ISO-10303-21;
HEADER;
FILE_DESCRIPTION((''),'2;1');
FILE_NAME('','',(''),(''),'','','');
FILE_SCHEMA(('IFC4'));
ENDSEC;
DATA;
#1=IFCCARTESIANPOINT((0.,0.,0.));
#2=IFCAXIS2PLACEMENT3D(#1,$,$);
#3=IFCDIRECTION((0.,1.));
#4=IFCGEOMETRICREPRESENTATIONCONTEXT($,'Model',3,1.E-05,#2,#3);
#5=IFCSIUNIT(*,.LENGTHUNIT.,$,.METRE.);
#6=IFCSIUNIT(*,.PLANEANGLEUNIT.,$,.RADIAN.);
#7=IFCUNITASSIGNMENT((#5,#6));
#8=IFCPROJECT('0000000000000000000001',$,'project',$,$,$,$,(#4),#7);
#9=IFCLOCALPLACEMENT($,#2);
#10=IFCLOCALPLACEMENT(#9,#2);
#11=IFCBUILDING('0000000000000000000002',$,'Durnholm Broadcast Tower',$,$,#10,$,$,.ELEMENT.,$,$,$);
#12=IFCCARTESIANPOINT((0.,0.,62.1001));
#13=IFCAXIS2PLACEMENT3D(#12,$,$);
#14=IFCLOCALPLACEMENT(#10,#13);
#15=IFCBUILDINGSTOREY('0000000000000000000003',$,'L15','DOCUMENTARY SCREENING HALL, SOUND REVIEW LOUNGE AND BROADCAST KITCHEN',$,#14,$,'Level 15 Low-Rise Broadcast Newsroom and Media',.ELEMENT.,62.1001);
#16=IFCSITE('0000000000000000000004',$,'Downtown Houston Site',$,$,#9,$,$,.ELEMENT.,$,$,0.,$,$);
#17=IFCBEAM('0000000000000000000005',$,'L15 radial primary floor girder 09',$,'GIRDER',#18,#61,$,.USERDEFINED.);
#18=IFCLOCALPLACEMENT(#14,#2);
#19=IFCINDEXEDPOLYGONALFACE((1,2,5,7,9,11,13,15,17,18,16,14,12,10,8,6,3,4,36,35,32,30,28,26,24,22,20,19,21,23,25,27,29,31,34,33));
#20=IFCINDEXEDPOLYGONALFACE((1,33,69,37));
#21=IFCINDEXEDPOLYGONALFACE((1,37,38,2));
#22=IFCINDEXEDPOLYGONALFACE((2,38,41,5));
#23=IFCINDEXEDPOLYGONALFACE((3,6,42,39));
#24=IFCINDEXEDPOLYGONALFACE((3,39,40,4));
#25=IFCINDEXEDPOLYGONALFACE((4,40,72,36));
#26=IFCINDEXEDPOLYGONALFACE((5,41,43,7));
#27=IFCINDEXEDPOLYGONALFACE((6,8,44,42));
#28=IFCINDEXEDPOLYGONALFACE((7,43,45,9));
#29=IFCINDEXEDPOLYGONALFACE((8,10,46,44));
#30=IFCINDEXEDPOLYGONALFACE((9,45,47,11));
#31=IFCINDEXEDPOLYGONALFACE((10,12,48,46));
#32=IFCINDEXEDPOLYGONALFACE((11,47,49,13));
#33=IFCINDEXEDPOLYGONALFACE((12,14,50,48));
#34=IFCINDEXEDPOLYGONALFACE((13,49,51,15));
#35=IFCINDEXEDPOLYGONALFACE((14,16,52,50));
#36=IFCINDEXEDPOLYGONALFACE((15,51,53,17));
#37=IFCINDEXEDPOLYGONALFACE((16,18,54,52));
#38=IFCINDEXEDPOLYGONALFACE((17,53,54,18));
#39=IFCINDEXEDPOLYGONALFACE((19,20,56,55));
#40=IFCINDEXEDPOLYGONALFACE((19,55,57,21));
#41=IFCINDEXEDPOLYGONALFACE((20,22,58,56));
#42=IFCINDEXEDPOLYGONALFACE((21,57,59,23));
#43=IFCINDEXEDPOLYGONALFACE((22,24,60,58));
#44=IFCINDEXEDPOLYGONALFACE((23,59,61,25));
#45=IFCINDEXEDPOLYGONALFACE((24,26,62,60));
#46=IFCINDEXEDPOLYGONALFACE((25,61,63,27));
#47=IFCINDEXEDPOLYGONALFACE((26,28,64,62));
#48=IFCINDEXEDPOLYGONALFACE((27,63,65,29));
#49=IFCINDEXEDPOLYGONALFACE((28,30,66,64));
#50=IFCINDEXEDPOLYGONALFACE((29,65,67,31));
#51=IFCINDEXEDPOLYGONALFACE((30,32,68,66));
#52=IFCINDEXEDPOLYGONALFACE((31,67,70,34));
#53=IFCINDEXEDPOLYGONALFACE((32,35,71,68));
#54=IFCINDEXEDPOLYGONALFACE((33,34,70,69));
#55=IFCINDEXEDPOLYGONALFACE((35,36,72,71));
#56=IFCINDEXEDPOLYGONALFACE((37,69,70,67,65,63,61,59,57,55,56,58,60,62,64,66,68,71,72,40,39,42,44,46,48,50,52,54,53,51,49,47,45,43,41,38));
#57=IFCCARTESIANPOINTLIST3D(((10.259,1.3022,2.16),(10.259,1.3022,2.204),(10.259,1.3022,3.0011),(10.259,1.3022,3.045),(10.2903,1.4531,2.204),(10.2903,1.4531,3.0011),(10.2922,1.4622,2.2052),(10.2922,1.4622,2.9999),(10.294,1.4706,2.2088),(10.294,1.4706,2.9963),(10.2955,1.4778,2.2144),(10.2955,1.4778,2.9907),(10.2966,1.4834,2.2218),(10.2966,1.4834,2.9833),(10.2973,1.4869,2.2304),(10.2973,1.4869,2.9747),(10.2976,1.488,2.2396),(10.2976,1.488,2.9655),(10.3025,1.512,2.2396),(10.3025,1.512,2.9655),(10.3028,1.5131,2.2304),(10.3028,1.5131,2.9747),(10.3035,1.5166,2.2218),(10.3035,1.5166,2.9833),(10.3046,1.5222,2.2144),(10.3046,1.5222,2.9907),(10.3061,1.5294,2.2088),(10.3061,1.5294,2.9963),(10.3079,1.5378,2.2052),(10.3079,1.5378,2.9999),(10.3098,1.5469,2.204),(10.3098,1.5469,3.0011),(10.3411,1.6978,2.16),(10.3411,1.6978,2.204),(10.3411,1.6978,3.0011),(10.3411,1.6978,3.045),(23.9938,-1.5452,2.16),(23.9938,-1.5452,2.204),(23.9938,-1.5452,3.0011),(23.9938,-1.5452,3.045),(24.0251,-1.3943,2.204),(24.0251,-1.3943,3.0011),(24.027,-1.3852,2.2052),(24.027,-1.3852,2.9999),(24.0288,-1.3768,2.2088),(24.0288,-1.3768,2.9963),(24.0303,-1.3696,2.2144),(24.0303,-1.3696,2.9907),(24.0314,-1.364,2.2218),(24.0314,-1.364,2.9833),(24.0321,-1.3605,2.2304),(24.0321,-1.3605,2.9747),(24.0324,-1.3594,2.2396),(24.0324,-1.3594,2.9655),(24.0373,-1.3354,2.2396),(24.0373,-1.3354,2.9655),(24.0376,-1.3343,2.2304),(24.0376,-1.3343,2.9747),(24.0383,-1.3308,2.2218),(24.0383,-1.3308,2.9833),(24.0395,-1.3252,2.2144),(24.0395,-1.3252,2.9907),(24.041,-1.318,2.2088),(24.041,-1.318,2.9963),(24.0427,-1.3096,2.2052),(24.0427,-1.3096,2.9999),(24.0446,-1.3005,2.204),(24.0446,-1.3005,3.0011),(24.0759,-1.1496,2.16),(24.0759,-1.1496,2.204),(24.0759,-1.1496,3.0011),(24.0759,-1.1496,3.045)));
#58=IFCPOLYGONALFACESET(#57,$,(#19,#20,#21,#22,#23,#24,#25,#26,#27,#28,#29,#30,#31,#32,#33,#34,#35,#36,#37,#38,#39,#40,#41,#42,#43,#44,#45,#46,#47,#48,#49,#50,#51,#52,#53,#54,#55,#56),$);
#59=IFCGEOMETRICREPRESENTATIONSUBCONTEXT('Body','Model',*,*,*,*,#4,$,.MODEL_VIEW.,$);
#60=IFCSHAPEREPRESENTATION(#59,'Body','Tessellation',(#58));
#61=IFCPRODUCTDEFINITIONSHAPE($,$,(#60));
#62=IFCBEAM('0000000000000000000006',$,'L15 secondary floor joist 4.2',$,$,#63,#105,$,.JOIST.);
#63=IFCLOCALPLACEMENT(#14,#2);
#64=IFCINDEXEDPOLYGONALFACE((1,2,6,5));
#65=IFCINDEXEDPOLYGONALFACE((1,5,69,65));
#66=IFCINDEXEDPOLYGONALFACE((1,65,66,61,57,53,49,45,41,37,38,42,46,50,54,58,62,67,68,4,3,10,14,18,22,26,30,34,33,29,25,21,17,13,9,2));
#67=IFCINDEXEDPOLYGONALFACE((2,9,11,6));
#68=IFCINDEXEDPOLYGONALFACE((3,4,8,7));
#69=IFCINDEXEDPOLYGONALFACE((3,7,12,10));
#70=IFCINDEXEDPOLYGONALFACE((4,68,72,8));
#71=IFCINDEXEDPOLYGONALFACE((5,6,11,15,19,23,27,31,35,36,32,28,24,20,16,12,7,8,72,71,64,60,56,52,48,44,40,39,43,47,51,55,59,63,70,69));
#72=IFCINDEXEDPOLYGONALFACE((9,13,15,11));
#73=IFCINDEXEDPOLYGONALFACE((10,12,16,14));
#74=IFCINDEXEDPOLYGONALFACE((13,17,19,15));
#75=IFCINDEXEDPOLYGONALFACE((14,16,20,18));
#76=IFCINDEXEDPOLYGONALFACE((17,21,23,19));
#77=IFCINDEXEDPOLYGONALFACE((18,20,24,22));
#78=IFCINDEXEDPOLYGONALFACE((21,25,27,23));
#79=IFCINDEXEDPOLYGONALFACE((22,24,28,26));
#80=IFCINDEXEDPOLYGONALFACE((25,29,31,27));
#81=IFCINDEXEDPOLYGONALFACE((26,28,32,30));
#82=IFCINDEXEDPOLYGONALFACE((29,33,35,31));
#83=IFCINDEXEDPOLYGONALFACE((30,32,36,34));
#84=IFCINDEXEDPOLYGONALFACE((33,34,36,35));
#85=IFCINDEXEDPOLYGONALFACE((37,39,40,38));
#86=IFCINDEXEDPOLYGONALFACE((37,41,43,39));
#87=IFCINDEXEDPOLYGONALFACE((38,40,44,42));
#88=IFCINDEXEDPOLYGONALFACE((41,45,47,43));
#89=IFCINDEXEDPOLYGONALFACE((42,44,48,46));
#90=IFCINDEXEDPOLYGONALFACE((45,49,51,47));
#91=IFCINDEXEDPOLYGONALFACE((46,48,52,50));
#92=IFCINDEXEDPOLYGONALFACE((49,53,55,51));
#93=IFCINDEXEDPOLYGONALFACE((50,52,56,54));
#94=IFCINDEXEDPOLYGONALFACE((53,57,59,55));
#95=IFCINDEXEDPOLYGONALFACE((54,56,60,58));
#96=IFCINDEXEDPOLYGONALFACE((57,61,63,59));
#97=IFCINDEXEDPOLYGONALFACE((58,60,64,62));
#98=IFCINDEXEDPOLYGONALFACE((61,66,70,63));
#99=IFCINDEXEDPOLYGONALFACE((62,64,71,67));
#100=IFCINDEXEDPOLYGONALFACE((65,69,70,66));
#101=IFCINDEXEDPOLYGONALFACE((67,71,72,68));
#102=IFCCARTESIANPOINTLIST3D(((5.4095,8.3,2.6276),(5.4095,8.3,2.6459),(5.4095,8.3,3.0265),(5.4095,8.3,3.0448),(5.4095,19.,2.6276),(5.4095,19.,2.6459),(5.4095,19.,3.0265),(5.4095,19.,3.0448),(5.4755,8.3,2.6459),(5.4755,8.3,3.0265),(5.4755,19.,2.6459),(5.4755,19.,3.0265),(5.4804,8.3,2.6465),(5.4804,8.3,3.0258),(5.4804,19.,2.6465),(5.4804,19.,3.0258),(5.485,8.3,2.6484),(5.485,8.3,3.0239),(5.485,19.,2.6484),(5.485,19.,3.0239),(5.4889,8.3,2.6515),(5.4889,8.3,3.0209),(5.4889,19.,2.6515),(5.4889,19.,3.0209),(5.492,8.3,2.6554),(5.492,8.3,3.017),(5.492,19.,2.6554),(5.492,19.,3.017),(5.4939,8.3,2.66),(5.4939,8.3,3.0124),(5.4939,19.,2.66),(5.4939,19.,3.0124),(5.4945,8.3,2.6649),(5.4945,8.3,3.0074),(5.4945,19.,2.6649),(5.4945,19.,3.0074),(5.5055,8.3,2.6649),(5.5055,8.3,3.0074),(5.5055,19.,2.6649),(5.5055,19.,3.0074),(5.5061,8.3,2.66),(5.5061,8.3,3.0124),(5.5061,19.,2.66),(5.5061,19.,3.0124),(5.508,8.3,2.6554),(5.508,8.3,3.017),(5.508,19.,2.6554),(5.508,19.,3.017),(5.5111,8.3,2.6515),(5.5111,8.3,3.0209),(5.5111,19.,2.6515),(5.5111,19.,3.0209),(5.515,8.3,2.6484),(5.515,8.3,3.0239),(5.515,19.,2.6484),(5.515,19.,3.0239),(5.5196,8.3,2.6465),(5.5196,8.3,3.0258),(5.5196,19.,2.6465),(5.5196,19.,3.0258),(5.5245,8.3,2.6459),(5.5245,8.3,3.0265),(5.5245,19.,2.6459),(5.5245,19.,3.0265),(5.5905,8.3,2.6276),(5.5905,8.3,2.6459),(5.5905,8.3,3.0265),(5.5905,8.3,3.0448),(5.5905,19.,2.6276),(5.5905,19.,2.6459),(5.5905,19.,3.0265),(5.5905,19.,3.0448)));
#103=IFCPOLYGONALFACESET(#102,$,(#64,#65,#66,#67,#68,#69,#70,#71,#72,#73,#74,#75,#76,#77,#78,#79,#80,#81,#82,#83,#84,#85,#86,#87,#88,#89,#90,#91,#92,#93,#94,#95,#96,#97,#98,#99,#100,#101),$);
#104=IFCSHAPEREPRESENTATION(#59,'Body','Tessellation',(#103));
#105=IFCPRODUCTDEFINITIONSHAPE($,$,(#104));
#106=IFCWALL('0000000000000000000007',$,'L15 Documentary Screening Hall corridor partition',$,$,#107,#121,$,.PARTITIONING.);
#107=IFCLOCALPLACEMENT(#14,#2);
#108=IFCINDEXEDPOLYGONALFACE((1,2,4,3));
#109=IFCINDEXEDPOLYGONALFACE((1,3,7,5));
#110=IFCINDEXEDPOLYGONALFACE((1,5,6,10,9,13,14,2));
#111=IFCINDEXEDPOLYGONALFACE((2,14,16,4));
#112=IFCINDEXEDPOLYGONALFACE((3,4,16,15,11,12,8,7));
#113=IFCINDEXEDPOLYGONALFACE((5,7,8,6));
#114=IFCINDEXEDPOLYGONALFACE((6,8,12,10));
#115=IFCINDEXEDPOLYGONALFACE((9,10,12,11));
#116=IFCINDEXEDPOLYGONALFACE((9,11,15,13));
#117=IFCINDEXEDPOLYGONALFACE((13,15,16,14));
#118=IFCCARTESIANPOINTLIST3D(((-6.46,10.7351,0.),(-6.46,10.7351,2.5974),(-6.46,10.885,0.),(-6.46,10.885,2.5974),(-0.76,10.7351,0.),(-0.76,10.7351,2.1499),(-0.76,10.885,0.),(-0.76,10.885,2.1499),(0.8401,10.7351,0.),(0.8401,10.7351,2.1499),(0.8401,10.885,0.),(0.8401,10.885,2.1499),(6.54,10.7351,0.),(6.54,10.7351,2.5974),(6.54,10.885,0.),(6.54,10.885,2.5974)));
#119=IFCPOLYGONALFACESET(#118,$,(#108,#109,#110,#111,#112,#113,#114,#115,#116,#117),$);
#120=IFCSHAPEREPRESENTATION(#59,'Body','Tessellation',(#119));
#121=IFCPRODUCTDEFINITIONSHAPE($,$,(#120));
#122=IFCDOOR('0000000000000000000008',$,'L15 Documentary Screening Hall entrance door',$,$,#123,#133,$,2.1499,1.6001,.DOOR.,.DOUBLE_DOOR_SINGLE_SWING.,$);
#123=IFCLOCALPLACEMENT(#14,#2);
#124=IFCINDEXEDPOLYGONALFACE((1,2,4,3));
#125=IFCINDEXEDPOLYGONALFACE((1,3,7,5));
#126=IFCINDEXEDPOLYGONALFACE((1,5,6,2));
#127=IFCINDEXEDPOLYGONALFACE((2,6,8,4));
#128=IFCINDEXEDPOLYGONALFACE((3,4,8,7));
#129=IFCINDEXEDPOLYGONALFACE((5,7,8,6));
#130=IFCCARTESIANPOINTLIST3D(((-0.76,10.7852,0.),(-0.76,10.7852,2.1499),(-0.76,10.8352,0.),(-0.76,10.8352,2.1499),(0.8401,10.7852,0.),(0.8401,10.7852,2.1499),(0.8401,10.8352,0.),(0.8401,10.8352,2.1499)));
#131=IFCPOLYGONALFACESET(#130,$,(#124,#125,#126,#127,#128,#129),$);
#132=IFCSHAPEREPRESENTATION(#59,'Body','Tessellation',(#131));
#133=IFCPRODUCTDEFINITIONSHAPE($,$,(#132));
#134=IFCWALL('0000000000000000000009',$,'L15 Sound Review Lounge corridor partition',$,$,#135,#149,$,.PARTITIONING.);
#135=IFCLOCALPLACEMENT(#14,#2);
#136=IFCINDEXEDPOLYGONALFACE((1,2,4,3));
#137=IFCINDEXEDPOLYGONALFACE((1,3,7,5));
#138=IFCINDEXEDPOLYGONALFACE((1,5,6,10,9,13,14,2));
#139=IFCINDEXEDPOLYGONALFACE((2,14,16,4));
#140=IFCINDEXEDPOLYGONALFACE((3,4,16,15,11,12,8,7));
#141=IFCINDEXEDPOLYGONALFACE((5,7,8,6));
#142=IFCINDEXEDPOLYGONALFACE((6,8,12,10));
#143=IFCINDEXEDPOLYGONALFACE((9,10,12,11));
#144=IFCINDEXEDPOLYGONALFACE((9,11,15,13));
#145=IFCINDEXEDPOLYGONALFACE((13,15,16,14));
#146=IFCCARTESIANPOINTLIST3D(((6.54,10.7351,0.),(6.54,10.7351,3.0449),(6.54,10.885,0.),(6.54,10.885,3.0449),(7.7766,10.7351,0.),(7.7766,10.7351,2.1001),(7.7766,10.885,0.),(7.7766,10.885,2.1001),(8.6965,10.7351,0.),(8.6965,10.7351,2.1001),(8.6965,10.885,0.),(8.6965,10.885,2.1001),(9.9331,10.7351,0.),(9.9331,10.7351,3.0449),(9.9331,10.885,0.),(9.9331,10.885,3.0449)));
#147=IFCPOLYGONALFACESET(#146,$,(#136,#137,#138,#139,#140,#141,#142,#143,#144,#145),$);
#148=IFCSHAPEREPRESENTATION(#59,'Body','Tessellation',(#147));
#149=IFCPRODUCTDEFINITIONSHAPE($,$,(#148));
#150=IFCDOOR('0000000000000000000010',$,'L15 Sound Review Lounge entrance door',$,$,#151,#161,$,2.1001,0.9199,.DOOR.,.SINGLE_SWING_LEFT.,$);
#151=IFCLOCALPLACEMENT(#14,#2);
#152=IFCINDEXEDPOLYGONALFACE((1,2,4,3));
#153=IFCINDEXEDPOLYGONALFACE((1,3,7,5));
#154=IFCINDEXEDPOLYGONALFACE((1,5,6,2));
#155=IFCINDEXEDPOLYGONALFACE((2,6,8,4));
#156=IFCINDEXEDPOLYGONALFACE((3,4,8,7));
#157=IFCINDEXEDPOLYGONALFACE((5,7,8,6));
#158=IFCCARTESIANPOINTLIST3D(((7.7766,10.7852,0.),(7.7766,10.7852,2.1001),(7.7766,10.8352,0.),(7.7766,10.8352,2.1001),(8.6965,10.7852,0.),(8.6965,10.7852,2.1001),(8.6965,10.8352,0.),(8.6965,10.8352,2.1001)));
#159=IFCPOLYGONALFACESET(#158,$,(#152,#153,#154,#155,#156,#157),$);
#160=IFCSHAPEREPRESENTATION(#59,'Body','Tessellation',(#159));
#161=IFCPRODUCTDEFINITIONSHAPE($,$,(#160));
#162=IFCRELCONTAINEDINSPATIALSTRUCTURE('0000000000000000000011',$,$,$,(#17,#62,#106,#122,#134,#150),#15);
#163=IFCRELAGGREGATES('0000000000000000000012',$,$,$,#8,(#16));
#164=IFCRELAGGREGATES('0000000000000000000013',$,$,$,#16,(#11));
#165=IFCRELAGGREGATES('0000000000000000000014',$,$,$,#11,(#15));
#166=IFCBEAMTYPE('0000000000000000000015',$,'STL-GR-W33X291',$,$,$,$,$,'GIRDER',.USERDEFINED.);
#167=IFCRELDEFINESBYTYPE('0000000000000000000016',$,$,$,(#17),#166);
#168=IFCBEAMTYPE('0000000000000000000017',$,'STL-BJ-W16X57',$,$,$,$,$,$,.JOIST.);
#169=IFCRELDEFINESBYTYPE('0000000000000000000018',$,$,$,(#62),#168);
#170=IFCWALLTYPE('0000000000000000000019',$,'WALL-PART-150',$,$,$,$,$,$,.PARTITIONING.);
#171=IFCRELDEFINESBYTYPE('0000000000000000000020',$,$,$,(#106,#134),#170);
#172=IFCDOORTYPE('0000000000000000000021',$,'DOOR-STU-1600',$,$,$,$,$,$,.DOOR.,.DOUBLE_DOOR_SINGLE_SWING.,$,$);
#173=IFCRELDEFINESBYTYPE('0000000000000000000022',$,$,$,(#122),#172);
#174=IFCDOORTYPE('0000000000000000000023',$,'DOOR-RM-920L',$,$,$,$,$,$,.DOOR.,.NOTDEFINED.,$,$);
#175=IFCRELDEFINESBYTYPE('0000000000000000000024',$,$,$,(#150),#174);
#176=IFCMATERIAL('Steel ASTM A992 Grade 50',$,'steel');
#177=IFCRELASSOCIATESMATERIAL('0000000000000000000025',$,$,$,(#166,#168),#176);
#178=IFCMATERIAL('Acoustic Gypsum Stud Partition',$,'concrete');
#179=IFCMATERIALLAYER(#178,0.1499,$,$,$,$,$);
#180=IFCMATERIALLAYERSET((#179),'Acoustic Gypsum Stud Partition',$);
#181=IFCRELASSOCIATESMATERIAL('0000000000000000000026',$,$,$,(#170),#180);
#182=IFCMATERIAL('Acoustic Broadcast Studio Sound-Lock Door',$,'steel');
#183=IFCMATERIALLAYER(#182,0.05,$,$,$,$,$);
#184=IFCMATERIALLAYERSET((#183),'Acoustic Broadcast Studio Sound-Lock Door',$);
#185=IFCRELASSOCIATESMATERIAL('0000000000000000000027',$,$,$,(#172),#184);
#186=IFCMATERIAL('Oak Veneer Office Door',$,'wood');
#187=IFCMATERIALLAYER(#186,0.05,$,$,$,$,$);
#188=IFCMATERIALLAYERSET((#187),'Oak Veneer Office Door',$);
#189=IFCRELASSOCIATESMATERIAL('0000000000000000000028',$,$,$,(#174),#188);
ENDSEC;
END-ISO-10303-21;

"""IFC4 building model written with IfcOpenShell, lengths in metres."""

from ifc_helpers import new_model, si_unit, direction, frame, frame_2d, origin, origin_2d, place, context, subcontext, project, spatial, rectangle, i_section, extrude, source, transform, mapped, material, layer, layer_set, material_profile, profile_set, type_object, type_shapes, element, fill, save


model = new_model("IFC4")

# Units and contexts
model_context = context("Model", 3, precision=1e-05, world=origin(), true_north=direction((0.0, 1.0)))
body_context = subcontext(model_context, "Body", "Model", "MODEL_VIEW")
ifc_project = project(units=[si_unit("LENGTHUNIT", "METRE"), si_unit("PLANEANGLEUNIT", "RADIAN")], contexts=[model_context])

# Site, building, storey
site_placement = place(None, origin())
site = spatial("IfcSite", under=ifc_project, at=site_placement, Name="Downtown Houston Site", CompositionType="ELEMENT", RefElevation=0.0)
building_placement = place(site_placement, origin())
building = spatial("IfcBuilding", under=site, at=building_placement, Name="Durnholm Broadcast Tower", CompositionType="ELEMENT")
storey_placement = place(building_placement, frame((0.0, 0.0, 62.1001)))
storey = spatial("IfcBuildingStorey", under=building, at=storey_placement, Name="L15", Description="DOCUMENTARY SCREENING HALL, SOUND REVIEW LOUNGE AND BROADCAST KITCHEN", LongName="Level 15 Low-Rise Broadcast Newsroom and Media", CompositionType="ELEMENT", Elevation=62.1001)

# Beams
ifc_material_1 = material(Name="Steel ASTM A992 Grade 50", Category="steel")
ifc_material_profile_1 = material_profile(ifc_material_1, i_section(OverallWidth=0.4041, OverallDepth=0.885, WebThickness=0.0244, FlangeThickness=0.0439, FilletRadius=0.0356, at=origin_2d()), Name="W33X291")
ifc_profile_set_1 = profile_set([ifc_material_profile_1], Name="Steel ASTM A992 Grade 50")
beam_type_1 = type_object("IfcBeamType", Name="STL-GR-W33X291", ElementType="GIRDER", PredefinedType="USERDEFINED", material=ifc_profile_set_1)
shared_shape_1 = source(origin(), body_context, "Body", "SweptSolid", [
    extrude(i_section(OverallWidth=0.4041, OverallDepth=0.885, WebThickness=0.0244, FlangeThickness=0.0439, FilletRadius=0.0356, at=origin_2d()), origin(), (0.0, 0.0, 1.0), 14.0269),
])
beam_1_placement = place(storey_placement, frame((10.3, 1.5, 2.6025), z_axis=(0.979179, -0.202996, 0.0), x_axis=(0.202996, 0.979179, 0.0)))
element("IfcBeam", 1, at=beam_1_placement, inside=storey, type_object=beam_type_1, Name="L15 radial primary floor girder 09", ObjectType="GIRDER", PredefinedType="USERDEFINED", context=body_context, shape_type="MappedRepresentation", body=[
    mapped(shared_shape_1, transform((0.0, 0.0, 0.0), x_axis=(1.0, 0.0, 0.0), y_axis=(0.0, 1.0, 0.0), z_axis=(0.0, 0.0, 1.0), scale=1.0)),
])
ifc_material_profile_2 = material_profile(ifc_material_1, i_section(OverallWidth=0.1809, OverallDepth=0.4172, WebThickness=0.011, FlangeThickness=0.0183, FilletRadius=0.019, at=origin_2d()), Name="W16X57")
ifc_profile_set_2 = profile_set([ifc_material_profile_2], Name="Steel ASTM A992 Grade 50")
beam_type_2 = type_object("IfcBeamType", Name="STL-BJ-W16X57", PredefinedType="JOIST", material=ifc_profile_set_2)
shared_shape_2 = source(origin(), body_context, "Body", "SweptSolid", [
    extrude(i_section(OverallWidth=0.1809, OverallDepth=0.4172, WebThickness=0.011, FlangeThickness=0.0183, FilletRadius=0.019, at=origin_2d()), origin(), (0.0, 0.0, 1.0), 10.7),
])
type_shapes(beam_type_2, [shared_shape_2])
beam_2_placement = place(storey_placement, frame((5.5, 8.3, 2.8362), z_axis=(0.0, 1.0, 0.0), x_axis=(-1.0, 0.0, 0.0)))
element("IfcBeam", 2, at=beam_2_placement, inside=storey, type_object=beam_type_2, Name="L15 secondary floor joist 4.2", PredefinedType="JOIST", context=body_context, shape_type="MappedRepresentation", body=[
    mapped(shared_shape_2, transform((0.0, 0.0, 0.0), x_axis=(1.0, 0.0, 0.0), y_axis=(0.0, 1.0, 0.0), z_axis=(0.0, 0.0, 1.0), scale=1.0)),
])

# Walls, openings, doors
ifc_material_2 = material(Name="Acoustic Gypsum Stud Partition", Category="concrete")
ifc_layer_1 = layer(ifc_material_2, 0.1499)
ifc_layer_set_1 = layer_set([ifc_layer_1], Name="Acoustic Gypsum Stud Partition")
wall_type_1 = type_object("IfcWallType", Name="WALL-PART-150", PredefinedType="PARTITIONING", material=ifc_layer_set_1)
wall_1_placement = place(storey_placement, frame((6.54, 10.8101, 0.0), z_axis=(0.0, 0.0, 1.0), x_axis=(-1.0, 0.0, 0.0)))
wall_1 = element("IfcWall", 3, at=wall_1_placement, inside=storey, type_object=wall_type_1, Name="L15 Documentary Screening Hall corridor partition", PredefinedType="PARTITIONING", context=body_context, shape_type="SweptSolid", body=[
    extrude(rectangle(XDim=13.0, YDim=0.1499, at=frame_2d((6.5, 0.0))), origin(), (0.0, 0.0, 1.0), 2.5974),
])
opening_1_placement = place(wall_1_placement, frame((5.7, 0.0, 0.0)))
opening_1 = element("IfcOpeningElement", 4, at=opening_1_placement, cuts=wall_1, PredefinedType="OPENING", context=body_context, shape_type="SweptSolid", body=[
    extrude(rectangle(XDim=1.6001, YDim=2.1499, at=frame_2d((0.8, 1.075))), frame((0.0, 0.085, 0.0), z_axis=(0.0, -1.0, 0.0), x_axis=(1.0, 0.0, 0.0)), (0.0, 0.0, 1.0), 0.1699),
])
ifc_material_3 = material(Name="Acoustic Broadcast Studio Sound-Lock Door", Category="steel")
ifc_layer_2 = layer(ifc_material_3, 0.05)
ifc_layer_set_2 = layer_set([ifc_layer_2], Name="Acoustic Broadcast Studio Sound-Lock Door")
door_type_1 = type_object("IfcDoorType", Name="DOOR-STU-1600", OperationType="DOUBLE_DOOR_SINGLE_SWING", PredefinedType="DOOR", material=ifc_layer_set_2)
shared_shape_3 = source(origin(), body_context, "Body", "SweptSolid", [
    extrude(rectangle(XDim=1.6001, YDim=2.1499, at=frame_2d((0.8, 1.075))), frame((0.0, 0.0249, 0.0), z_axis=(0.0, -1.0, 0.0), x_axis=(1.0, 0.0, 0.0)), (0.0, 0.0, 1.0), 0.05),
])
type_shapes(door_type_1, [shared_shape_3])
door_1_placement = place(opening_1_placement, origin())
door_1 = element("IfcDoor", 5, at=door_1_placement, inside=storey, type_object=door_type_1, Name="L15 Documentary Screening Hall entrance door", OperationType="DOUBLE_DOOR_SINGLE_SWING", OverallHeight=2.1499, OverallWidth=1.6001, PredefinedType="DOOR", context=body_context, shape_type="MappedRepresentation", body=[
    mapped(shared_shape_3, transform((0.0, 0.0, 0.0), x_axis=(1.0, 0.0, 0.0), y_axis=(0.0, 1.0, 0.0), z_axis=(0.0, 0.0, 1.0), scale=1.0)),
])
fill(opening_1, door_1)
wall_2_placement = place(storey_placement, frame((9.9331, 10.8101, 0.0), z_axis=(0.0, 0.0, 1.0), x_axis=(-1.0, 0.0, 0.0)))
wall_2 = element("IfcWall", 6, at=wall_2_placement, inside=storey, type_object=wall_type_1, Name="L15 Sound Review Lounge corridor partition", PredefinedType="PARTITIONING", context=body_context, shape_type="SweptSolid", body=[
    extrude(rectangle(XDim=3.3931, YDim=0.1499, at=frame_2d((1.6965, 0.0))), origin(), (0.0, 0.0, 1.0), 3.0449),
])
opening_2_placement = place(wall_2_placement, frame((1.2366, 0.0, 0.0)))
opening_2 = element("IfcOpeningElement", 7, at=opening_2_placement, cuts=wall_2, PredefinedType="OPENING", context=body_context, shape_type="SweptSolid", body=[
    extrude(rectangle(XDim=0.9199, YDim=2.1001, at=frame_2d((0.46, 1.05))), frame((0.0, 0.085, 0.0), z_axis=(0.0, -1.0, 0.0), x_axis=(1.0, 0.0, 0.0)), (0.0, 0.0, 1.0), 0.1699),
])
ifc_material_4 = material(Name="Oak Veneer Office Door", Category="wood")
ifc_layer_3 = layer(ifc_material_4, 0.05)
ifc_layer_set_3 = layer_set([ifc_layer_3], Name="Oak Veneer Office Door")
door_type_2 = type_object("IfcDoorType", Name="DOOR-RM-920L", OperationType="NOTDEFINED", PredefinedType="DOOR", material=ifc_layer_set_3)
shared_shape_4 = source(origin(), body_context, "Body", "SweptSolid", [
    extrude(rectangle(XDim=0.9199, YDim=2.1001, at=frame_2d((0.46, 1.05))), frame((0.0, 0.0249, 0.0), z_axis=(0.0, -1.0, 0.0), x_axis=(1.0, 0.0, 0.0)), (0.0, 0.0, 1.0), 0.05),
])
type_shapes(door_type_2, [shared_shape_4])
door_2_placement = place(opening_2_placement, origin())
door_2 = element("IfcDoor", 8, at=door_2_placement, inside=storey, type_object=door_type_2, Name="L15 Sound Review Lounge entrance door", OperationType="SINGLE_SWING_LEFT", OverallHeight=2.1001, OverallWidth=0.9199, PredefinedType="DOOR", context=body_context, shape_type="MappedRepresentation", body=[
    mapped(shared_shape_4, transform((0.0, 0.0, 0.0), x_axis=(1.0, 0.0, 0.0), y_axis=(0.0, 1.0, 0.0), z_axis=(0.0, 0.0, 1.0), scale=1.0)),
])
fill(opening_2, door_2)

save(model, "model.ifc")
